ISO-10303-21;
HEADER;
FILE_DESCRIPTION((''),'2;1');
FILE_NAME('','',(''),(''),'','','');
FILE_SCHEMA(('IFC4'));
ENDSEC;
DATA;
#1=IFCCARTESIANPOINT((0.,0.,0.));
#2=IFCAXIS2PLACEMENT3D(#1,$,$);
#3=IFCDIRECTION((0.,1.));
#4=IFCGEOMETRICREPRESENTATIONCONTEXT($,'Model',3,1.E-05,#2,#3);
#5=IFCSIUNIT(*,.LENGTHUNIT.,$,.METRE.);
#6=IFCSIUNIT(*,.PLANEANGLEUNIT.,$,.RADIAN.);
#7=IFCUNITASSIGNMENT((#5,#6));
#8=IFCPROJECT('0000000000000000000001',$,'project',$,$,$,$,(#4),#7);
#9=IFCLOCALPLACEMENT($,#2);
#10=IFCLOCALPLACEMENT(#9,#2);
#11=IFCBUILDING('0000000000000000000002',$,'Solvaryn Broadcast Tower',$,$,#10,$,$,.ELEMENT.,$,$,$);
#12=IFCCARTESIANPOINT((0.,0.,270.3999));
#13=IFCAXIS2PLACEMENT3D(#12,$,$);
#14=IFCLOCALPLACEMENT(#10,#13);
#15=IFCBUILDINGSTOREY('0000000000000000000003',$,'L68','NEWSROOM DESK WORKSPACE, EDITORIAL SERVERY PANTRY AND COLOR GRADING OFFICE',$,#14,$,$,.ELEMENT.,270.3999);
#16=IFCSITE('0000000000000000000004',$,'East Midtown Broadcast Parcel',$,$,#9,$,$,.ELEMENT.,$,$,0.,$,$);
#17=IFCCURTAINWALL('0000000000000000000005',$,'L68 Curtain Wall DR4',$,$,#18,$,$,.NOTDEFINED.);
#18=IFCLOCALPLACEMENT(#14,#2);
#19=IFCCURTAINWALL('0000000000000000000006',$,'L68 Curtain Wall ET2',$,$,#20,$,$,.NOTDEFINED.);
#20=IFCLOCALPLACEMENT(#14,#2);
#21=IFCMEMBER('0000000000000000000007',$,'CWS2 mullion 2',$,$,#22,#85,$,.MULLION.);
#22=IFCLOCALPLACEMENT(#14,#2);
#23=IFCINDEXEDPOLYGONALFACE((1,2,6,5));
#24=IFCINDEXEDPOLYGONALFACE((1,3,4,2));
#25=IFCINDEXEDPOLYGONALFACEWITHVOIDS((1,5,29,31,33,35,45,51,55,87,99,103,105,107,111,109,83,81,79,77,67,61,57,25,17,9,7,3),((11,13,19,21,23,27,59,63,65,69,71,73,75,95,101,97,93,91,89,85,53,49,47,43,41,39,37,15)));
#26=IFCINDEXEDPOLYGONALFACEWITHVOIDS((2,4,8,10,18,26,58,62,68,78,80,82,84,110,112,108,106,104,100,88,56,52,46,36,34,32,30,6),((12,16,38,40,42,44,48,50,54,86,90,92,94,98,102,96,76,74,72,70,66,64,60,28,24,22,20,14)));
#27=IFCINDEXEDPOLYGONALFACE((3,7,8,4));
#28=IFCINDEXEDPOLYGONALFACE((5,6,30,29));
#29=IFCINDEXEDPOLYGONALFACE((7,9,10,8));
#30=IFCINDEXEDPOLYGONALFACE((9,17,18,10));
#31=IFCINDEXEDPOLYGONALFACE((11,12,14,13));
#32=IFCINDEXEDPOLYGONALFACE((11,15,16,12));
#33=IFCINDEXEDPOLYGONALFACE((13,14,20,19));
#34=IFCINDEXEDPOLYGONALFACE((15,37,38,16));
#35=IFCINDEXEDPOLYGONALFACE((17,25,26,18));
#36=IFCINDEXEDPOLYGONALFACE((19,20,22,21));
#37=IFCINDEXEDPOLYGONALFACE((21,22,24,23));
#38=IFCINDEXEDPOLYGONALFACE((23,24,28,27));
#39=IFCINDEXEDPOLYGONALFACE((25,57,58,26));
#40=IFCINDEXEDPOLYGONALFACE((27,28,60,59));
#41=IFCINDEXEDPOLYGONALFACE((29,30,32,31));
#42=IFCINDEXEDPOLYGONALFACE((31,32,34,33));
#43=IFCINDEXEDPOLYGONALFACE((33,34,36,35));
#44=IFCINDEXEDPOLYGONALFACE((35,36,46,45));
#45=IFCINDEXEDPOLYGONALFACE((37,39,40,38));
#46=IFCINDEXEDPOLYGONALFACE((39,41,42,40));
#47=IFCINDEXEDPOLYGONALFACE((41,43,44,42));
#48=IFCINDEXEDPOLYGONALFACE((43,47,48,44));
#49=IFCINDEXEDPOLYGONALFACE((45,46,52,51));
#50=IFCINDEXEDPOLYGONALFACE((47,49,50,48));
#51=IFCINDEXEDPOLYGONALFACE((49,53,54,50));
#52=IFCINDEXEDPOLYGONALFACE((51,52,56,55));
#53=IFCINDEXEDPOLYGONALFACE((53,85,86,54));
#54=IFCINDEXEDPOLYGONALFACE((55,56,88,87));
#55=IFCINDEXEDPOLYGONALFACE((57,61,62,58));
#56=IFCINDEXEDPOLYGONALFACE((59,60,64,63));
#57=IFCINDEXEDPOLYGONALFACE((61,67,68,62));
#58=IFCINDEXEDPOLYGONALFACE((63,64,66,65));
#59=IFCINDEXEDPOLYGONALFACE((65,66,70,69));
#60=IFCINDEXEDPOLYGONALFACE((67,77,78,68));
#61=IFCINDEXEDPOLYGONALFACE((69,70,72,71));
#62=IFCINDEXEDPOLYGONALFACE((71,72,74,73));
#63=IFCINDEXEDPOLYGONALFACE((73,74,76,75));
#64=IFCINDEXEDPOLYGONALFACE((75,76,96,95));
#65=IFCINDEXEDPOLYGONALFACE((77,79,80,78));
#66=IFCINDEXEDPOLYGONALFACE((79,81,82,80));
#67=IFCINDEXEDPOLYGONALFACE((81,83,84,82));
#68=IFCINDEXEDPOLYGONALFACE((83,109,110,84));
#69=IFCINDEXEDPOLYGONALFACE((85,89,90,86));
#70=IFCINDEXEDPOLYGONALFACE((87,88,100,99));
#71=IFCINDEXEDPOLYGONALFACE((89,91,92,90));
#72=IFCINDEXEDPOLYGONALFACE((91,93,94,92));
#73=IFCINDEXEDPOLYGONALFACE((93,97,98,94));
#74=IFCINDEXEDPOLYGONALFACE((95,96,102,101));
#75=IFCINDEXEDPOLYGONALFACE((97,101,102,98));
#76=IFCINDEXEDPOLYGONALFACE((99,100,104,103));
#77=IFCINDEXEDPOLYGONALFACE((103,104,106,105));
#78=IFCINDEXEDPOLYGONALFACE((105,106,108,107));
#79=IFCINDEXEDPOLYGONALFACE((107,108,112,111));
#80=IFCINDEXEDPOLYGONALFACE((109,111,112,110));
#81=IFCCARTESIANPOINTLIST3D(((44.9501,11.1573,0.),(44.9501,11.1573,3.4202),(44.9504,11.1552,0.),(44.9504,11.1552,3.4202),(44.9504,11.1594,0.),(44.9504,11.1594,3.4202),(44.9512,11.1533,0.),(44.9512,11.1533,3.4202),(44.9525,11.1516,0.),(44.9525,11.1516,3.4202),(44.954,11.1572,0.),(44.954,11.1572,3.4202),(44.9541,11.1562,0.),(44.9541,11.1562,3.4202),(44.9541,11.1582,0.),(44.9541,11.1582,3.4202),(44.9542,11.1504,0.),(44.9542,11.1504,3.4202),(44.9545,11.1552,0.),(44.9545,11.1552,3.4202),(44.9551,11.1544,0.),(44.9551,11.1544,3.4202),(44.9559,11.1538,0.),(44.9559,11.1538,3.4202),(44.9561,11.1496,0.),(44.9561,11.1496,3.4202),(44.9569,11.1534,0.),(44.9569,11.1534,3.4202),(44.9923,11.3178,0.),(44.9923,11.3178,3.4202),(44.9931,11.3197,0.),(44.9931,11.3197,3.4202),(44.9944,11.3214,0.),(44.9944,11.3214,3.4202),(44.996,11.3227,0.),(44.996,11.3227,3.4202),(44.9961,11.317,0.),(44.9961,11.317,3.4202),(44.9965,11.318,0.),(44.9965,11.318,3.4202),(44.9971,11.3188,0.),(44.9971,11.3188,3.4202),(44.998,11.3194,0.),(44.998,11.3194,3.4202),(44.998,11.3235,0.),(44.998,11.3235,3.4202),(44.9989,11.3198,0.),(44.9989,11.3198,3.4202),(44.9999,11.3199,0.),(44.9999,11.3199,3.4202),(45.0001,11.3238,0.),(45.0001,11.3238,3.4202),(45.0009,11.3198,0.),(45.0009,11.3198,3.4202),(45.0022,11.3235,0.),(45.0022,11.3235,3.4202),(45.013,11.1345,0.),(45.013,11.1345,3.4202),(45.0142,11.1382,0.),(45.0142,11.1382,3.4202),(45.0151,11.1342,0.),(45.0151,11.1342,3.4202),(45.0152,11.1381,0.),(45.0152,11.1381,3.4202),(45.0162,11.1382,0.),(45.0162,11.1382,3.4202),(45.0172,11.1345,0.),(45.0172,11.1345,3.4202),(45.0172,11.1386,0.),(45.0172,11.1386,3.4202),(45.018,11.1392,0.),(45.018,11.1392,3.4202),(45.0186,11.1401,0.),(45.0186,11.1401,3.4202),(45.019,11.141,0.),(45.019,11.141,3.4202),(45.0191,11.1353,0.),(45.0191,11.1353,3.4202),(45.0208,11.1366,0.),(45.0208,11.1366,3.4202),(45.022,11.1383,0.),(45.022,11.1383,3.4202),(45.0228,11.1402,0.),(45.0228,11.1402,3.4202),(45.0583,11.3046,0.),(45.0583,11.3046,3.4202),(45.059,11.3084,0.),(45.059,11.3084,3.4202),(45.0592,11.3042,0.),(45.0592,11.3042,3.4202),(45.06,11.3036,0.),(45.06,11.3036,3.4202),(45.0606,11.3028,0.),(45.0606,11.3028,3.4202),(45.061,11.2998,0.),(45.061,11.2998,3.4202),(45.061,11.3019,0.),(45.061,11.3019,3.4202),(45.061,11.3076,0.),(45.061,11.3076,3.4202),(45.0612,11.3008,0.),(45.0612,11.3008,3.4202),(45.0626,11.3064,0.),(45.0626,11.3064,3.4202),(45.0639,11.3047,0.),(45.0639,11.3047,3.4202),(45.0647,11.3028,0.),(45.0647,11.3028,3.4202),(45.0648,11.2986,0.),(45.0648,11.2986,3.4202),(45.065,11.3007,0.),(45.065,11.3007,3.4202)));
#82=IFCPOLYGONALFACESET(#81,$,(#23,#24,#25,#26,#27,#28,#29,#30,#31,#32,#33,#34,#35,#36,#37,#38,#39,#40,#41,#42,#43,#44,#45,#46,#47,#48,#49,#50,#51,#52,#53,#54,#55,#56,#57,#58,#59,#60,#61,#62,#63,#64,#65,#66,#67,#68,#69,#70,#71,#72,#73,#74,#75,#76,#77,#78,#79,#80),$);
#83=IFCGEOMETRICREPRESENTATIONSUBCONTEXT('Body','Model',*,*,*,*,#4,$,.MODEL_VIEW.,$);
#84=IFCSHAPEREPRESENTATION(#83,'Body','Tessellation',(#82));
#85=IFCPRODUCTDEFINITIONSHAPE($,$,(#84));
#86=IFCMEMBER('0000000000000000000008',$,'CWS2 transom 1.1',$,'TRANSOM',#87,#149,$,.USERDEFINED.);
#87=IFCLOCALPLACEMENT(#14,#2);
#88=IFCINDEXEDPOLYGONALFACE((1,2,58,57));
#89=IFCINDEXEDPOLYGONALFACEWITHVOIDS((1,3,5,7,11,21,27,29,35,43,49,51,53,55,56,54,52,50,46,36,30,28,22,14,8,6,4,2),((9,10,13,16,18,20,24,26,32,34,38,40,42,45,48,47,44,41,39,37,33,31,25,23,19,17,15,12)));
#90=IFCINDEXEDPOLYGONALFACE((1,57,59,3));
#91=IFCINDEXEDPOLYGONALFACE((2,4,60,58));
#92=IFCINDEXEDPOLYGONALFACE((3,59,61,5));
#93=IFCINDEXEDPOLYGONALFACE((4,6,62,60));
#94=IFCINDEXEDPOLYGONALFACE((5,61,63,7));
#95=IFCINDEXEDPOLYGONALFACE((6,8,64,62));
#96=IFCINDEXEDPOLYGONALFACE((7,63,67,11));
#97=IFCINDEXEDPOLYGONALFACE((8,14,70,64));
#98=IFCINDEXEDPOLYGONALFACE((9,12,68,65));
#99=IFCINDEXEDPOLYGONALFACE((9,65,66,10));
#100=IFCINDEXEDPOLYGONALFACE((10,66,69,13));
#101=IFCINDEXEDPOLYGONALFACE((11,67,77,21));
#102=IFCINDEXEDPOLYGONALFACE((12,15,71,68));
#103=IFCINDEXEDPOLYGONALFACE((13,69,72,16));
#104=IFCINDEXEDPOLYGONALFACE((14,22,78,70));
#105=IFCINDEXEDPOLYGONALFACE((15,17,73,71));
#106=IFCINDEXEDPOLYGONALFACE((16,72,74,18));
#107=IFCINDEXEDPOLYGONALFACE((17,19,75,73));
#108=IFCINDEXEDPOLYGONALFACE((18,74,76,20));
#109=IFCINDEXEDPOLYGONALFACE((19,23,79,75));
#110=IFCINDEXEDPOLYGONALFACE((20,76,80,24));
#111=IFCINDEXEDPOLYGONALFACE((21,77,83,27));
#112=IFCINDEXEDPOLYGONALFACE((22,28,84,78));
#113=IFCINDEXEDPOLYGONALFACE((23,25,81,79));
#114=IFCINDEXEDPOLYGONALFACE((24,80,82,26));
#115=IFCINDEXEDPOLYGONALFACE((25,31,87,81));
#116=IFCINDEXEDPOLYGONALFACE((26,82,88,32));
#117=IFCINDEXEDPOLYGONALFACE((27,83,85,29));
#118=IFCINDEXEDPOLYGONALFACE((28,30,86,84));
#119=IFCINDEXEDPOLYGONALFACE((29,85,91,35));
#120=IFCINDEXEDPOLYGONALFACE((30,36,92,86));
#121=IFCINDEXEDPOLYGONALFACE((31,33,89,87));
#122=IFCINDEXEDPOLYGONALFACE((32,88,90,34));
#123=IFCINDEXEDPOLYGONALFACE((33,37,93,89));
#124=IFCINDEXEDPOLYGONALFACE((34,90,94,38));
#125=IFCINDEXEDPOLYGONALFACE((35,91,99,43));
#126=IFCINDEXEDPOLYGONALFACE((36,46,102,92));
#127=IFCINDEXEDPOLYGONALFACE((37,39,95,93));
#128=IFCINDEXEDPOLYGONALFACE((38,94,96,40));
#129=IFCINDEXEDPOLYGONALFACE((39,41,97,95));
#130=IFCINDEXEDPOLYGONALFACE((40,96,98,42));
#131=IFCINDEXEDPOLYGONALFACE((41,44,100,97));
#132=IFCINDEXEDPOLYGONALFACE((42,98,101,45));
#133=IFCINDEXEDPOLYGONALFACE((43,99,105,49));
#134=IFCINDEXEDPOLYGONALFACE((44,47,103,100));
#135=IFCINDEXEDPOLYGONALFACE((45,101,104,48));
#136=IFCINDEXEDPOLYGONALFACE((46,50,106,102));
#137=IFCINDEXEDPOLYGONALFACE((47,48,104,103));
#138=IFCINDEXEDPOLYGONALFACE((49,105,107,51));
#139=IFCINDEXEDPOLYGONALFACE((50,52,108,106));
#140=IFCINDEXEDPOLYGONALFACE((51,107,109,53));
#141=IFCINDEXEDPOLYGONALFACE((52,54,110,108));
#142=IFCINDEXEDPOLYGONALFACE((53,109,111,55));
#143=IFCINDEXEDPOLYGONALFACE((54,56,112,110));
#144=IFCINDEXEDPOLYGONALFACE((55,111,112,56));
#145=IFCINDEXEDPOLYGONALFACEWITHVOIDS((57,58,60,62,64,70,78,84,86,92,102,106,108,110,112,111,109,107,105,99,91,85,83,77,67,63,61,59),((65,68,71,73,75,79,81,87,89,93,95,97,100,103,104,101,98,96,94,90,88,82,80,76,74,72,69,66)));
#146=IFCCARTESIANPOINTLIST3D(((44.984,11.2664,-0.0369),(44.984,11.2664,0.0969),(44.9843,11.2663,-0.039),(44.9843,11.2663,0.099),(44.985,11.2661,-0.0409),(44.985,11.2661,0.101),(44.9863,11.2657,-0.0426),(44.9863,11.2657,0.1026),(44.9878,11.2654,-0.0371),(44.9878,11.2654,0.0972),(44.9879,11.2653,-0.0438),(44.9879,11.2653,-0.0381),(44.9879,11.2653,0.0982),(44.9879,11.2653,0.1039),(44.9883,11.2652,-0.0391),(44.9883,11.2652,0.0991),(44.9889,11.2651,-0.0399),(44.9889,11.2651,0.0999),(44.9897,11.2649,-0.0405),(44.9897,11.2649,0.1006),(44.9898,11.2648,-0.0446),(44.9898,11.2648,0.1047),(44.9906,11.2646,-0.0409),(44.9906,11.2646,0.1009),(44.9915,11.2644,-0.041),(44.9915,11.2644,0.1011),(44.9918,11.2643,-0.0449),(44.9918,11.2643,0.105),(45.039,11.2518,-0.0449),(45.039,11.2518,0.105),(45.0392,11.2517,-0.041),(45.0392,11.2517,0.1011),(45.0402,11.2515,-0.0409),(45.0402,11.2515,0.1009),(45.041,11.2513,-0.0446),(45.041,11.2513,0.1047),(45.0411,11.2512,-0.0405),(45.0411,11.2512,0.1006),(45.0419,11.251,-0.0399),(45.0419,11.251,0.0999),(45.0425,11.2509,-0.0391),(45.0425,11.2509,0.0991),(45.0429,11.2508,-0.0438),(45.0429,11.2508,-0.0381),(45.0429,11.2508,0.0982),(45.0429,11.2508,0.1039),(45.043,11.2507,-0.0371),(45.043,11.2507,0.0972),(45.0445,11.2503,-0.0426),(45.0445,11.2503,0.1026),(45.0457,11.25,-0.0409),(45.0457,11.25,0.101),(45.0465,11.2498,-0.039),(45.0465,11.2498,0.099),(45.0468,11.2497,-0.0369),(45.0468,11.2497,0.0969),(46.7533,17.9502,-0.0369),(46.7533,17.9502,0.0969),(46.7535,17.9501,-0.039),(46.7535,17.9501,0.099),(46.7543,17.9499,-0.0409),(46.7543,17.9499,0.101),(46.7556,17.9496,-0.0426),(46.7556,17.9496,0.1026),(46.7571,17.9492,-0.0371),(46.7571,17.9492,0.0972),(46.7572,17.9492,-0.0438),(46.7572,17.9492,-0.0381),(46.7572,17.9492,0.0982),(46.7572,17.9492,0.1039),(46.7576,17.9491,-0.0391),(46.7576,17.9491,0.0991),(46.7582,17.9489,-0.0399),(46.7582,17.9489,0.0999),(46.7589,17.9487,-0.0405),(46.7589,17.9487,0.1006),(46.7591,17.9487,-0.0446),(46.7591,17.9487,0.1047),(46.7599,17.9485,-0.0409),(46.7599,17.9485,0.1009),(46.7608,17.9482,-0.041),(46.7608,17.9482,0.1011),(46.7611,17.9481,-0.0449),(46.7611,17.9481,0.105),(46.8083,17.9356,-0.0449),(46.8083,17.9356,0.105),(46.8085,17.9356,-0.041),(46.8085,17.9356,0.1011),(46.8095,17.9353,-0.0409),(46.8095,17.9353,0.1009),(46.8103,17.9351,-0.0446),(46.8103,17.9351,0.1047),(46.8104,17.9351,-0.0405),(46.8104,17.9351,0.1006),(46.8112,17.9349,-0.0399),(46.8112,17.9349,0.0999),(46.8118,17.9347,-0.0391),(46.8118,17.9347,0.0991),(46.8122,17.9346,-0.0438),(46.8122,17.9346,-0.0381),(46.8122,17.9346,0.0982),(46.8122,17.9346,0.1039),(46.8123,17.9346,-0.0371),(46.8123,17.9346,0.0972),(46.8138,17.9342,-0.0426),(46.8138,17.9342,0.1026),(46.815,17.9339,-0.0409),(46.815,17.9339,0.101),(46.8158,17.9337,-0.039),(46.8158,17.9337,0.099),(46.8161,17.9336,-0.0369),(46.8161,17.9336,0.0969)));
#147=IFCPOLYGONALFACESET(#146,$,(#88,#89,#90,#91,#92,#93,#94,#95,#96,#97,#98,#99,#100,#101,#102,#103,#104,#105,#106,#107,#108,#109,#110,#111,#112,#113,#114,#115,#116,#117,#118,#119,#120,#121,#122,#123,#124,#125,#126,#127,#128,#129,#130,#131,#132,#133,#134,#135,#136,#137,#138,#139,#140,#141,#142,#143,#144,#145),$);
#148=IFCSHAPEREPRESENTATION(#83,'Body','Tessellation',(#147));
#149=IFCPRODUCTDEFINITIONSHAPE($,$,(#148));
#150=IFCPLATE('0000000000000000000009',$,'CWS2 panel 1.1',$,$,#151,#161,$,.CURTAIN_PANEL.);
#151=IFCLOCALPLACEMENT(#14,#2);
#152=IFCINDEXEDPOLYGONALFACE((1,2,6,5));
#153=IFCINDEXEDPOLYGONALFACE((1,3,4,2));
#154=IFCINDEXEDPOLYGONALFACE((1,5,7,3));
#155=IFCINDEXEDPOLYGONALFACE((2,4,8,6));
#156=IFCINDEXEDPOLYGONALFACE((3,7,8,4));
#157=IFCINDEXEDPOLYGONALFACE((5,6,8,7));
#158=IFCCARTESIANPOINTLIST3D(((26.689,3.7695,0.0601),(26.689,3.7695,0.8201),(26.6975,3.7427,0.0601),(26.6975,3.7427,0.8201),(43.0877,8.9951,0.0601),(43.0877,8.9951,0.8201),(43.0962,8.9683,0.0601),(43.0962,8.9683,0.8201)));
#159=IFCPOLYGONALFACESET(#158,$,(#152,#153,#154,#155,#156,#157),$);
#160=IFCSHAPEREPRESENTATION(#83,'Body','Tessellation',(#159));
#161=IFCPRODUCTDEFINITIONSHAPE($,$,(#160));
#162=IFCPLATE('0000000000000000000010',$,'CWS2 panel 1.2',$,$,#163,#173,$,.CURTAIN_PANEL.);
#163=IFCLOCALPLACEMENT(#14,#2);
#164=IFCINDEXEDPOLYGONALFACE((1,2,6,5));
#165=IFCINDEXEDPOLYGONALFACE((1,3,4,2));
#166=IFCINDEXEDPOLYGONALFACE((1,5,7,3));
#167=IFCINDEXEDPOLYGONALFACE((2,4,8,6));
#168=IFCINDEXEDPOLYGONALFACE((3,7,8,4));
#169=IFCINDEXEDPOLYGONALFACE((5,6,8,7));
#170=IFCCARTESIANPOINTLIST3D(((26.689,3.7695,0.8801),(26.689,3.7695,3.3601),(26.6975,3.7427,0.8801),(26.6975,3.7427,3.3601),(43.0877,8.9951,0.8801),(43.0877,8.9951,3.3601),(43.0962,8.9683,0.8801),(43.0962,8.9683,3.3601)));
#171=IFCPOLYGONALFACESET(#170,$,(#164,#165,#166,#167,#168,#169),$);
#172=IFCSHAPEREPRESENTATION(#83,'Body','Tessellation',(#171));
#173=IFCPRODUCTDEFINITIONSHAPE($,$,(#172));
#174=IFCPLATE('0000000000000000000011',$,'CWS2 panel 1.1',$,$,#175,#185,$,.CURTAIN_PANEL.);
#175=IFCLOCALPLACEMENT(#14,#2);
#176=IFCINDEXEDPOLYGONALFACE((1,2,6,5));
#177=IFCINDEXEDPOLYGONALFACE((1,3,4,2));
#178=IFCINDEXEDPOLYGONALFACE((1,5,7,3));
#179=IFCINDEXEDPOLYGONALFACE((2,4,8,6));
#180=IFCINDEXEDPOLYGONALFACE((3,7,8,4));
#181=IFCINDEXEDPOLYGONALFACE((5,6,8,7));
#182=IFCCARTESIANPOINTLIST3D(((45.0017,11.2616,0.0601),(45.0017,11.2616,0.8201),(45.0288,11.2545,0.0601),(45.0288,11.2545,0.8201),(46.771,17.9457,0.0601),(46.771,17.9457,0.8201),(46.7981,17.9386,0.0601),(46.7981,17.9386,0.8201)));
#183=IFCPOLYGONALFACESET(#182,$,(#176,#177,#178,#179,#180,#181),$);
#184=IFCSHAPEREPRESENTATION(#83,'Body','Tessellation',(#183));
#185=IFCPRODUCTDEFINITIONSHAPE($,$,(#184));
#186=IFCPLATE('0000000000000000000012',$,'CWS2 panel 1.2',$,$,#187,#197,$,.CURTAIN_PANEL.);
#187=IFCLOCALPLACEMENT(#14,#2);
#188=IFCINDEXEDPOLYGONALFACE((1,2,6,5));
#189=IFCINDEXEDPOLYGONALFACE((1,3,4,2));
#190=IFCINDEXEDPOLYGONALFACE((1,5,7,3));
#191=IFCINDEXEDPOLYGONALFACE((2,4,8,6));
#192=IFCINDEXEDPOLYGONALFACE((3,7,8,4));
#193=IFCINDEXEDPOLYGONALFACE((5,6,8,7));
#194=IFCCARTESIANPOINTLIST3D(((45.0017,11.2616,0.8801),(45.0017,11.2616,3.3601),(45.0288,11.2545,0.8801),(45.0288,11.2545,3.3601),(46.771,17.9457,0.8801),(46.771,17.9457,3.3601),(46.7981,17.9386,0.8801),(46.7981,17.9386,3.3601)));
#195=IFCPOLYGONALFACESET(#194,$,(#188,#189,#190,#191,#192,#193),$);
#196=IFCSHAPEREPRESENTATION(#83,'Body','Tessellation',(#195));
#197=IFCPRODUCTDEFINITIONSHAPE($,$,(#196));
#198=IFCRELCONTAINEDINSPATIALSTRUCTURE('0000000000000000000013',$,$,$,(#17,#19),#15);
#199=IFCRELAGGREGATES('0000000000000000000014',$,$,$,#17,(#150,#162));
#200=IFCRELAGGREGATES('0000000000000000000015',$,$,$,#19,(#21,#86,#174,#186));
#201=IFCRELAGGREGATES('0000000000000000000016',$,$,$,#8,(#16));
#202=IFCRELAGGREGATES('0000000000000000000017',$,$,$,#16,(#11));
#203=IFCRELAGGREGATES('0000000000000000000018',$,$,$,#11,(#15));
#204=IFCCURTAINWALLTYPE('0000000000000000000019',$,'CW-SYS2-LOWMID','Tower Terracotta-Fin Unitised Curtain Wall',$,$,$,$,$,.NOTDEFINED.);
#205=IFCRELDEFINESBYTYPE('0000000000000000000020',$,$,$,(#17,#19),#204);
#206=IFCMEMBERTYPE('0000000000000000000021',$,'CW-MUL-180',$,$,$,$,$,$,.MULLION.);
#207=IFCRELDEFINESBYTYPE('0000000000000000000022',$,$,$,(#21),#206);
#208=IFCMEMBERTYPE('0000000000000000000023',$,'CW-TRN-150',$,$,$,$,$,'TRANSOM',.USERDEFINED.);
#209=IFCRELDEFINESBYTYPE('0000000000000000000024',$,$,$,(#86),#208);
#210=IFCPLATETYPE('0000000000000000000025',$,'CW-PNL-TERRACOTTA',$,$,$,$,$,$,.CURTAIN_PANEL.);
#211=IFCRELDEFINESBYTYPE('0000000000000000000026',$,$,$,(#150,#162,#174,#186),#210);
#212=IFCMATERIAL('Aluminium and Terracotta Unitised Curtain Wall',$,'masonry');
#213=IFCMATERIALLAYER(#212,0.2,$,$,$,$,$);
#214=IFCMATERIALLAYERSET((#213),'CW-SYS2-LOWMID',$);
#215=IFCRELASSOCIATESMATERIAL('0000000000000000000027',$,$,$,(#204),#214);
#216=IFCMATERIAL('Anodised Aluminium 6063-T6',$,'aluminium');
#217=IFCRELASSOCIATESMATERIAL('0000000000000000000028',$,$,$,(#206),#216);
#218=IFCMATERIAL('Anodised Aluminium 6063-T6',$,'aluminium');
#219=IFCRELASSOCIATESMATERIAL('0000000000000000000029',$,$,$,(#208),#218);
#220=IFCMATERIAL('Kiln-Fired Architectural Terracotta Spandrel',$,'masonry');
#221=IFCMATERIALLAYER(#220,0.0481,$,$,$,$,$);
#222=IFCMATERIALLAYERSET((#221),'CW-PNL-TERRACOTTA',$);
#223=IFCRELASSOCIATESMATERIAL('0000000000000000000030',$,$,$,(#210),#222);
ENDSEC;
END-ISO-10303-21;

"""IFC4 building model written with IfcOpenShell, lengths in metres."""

from ifc_helpers import new_model, si_unit, direction, frame, origin, origin_2d, place, context, subcontext, project, spatial, rectangle, hollow_rectangle, extrude, material, layer, layer_set, material_profile, profile_set, type_object, element, aggregate, save


model = new_model("IFC4")

# Units and contexts
model_context = context("Model", 3, precision=1e-05, world=origin(), true_north=direction((0.0, 1.0)))
body_context = subcontext(model_context, "Body", "Model", "MODEL_VIEW")
ifc_project = project(units=[si_unit("LENGTHUNIT", "METRE"), si_unit("PLANEANGLEUNIT", "RADIAN")], contexts=[model_context])

# Site, building, storey
site_placement = place(None, origin())
site = spatial("IfcSite", under=ifc_project, at=site_placement, Name="East Midtown Broadcast Parcel", CompositionType="ELEMENT", RefElevation=0.0)
building_placement = place(site_placement, origin())
building = spatial("IfcBuilding", under=site, at=building_placement, Name="Solvaryn Broadcast Tower", CompositionType="ELEMENT")
storey_placement = place(building_placement, frame((0.0, 0.0, 270.3999)))
storey = spatial("IfcBuildingStorey", under=building, at=storey_placement, Name="L68", Description="NEWSROOM DESK WORKSPACE, EDITORIAL SERVERY PANTRY AND COLOR GRADING OFFICE", CompositionType="ELEMENT", Elevation=270.3999)

# Curtain wall
ifc_material_1 = material(Name="Aluminium and Terracotta Unitised Curtain Wall", Category="masonry")
ifc_layer_1 = layer(ifc_material_1, 0.2)
ifc_layer_set_1 = layer_set([ifc_layer_1], Name="CW-SYS2-LOWMID")
curtain_wall_type = type_object("IfcCurtainWallType", Name="CW-SYS2-LOWMID", Description="Tower Terracotta-Fin Unitised Curtain Wall", PredefinedType="NOTDEFINED", material=ifc_layer_set_1)
curtain_wall_1_placement = place(storey_placement, origin())
curtain_wall_1 = element("IfcCurtainWall", 1, at=curtain_wall_1_placement, inside=storey, type_object=curtain_wall_type, Name="L68 Curtain Wall DR4", PredefinedType="NOTDEFINED")
ifc_material_2 = material(Name="Anodised Aluminium 6063-T6", Category="aluminium")
ifc_material_profile_1 = material_profile(ifc_material_2, hollow_rectangle(XDim=0.075, YDim=0.1799, WallThickness=0.0039, InnerFilletRadius=0.0039, OuterFilletRadius=0.0081, at=origin_2d()))
ifc_profile_set_1 = profile_set([ifc_material_profile_1], Name="Anodised Aluminium 6063-T6")
member_type_1 = type_object("IfcMemberType", Name="CW-MUL-180", PredefinedType="MULLION", material=ifc_profile_set_1)

# Curtain wall, members
curtain_wall_2_placement = place(storey_placement, origin())
curtain_wall_2 = element("IfcCurtainWall", 2, at=curtain_wall_2_placement, inside=storey, type_object=curtain_wall_type, Name="L68 Curtain Wall ET2", PredefinedType="NOTDEFINED")
member_1_placement = place(storey_placement, frame((45.0076, 11.229, 0.0), z_axis=(0.0, 0.0, 1.0), x_axis=(0.966705, -0.255893, 0.0)))
member_1 = element("IfcMember", 3, at=member_1_placement, type_object=member_type_1, Name="CWS2 mullion 2", PredefinedType="MULLION", context=body_context, shape_type="SweptSolid", body=[
    extrude(hollow_rectangle(XDim=0.075, YDim=0.1799, WallThickness=0.0039, InnerFilletRadius=0.0039, OuterFilletRadius=0.0081, at=origin_2d()), origin(), (0.0, 0.0, 1.0), 3.4202),
])
ifc_material_3 = material(Name="Anodised Aluminium 6063-T6", Category="aluminium")
ifc_material_profile_2 = material_profile(ifc_material_3, hollow_rectangle(XDim=0.0649, YDim=0.1499, WallThickness=0.0039, InnerFilletRadius=0.0039, OuterFilletRadius=0.0081, at=origin_2d()))
ifc_profile_set_2 = profile_set([ifc_material_profile_2], Name="Anodised Aluminium 6063-T6")
member_type_2 = type_object("IfcMemberType", Name="CW-TRN-150", ElementType="TRANSOM", PredefinedType="USERDEFINED", material=ifc_profile_set_2)
member_2_placement = place(storey_placement, frame((46.7847, 17.9419, 0.03), z_axis=(-0.255897, -0.966704, 0.0), x_axis=(0.966704, -0.255897, 0.0)))
member_2 = element("IfcMember", 4, at=member_2_placement, type_object=member_type_2, Name="CWS2 transom 1.1", ObjectType="TRANSOM", PredefinedType="USERDEFINED", context=body_context, shape_type="SweptSolid", body=[
    extrude(hollow_rectangle(XDim=0.0649, YDim=0.1499, WallThickness=0.0039, InnerFilletRadius=0.0039, OuterFilletRadius=0.0081, at=origin_2d()), origin(), (0.0, 0.0, 1.0), 6.9141),
])

# Plates
ifc_material_4 = material(Name="Kiln-Fired Architectural Terracotta Spandrel", Category="masonry")
ifc_layer_2 = layer(ifc_material_4, 0.0481)
ifc_layer_set_2 = layer_set([ifc_layer_2], Name="CW-PNL-TERRACOTTA")
plate_type = type_object("IfcPlateType", Name="CW-PNL-TERRACOTTA", PredefinedType="CURTAIN_PANEL", material=ifc_layer_set_2)
plate_1_placement = place(storey_placement, frame((34.8926, 6.3689, 0.0601), z_axis=(0.0, 0.0, 1.0), x_axis=(0.952795, 0.303616, 0.0)))
plate_1 = element("IfcPlate", 5, at=plate_1_placement, type_object=plate_type, Name="CWS2 panel 1.1", PredefinedType="CURTAIN_PANEL", context=body_context, shape_type="SweptSolid", body=[
    extrude(rectangle(XDim=17.2112, YDim=0.0281, at=origin_2d()), origin(), (0.0, 0.0, 1.0), 0.76),
])
plate_2_placement = place(storey_placement, frame((34.8926, 6.3689, 0.8801), z_axis=(0.0, 0.0, 1.0), x_axis=(0.952795, 0.303616, 0.0)))
plate_2 = element("IfcPlate", 6, at=plate_2_placement, type_object=plate_type, Name="CWS2 panel 1.2", PredefinedType="CURTAIN_PANEL", context=body_context, shape_type="SweptSolid", body=[
    extrude(rectangle(XDim=17.2112, YDim=0.0281, at=origin_2d()), origin(), (0.0, 0.0, 1.0), 2.48),
])
aggregate(curtain_wall_1, [plate_1, plate_2])
plate_3_placement = place(storey_placement, frame((45.8999, 14.6001, 0.0601), z_axis=(0.0, 0.0, 1.0), x_axis=(-0.255893, -0.966705, 0.0)))
plate_3 = element("IfcPlate", 7, at=plate_3_placement, type_object=plate_type, Name="CWS2 panel 1.1", PredefinedType="CURTAIN_PANEL", context=body_context, shape_type="SweptSolid", body=[
    extrude(rectangle(XDim=6.9143, YDim=0.0281, at=origin_2d()), origin(), (0.0, 0.0, 1.0), 0.76),
])
plate_4_placement = place(storey_placement, frame((45.8999, 14.6001, 0.8801), z_axis=(0.0, 0.0, 1.0), x_axis=(-0.255893, -0.966705, 0.0)))
plate_4 = element("IfcPlate", 8, at=plate_4_placement, type_object=plate_type, Name="CWS2 panel 1.2", PredefinedType="CURTAIN_PANEL", context=body_context, shape_type="SweptSolid", body=[
    extrude(rectangle(XDim=6.9143, YDim=0.0281, at=origin_2d()), origin(), (0.0, 0.0, 1.0), 2.48),
])
aggregate(curtain_wall_2, [member_1, member_2, plate_3, plate_4])

save(model, "model.ifc")
